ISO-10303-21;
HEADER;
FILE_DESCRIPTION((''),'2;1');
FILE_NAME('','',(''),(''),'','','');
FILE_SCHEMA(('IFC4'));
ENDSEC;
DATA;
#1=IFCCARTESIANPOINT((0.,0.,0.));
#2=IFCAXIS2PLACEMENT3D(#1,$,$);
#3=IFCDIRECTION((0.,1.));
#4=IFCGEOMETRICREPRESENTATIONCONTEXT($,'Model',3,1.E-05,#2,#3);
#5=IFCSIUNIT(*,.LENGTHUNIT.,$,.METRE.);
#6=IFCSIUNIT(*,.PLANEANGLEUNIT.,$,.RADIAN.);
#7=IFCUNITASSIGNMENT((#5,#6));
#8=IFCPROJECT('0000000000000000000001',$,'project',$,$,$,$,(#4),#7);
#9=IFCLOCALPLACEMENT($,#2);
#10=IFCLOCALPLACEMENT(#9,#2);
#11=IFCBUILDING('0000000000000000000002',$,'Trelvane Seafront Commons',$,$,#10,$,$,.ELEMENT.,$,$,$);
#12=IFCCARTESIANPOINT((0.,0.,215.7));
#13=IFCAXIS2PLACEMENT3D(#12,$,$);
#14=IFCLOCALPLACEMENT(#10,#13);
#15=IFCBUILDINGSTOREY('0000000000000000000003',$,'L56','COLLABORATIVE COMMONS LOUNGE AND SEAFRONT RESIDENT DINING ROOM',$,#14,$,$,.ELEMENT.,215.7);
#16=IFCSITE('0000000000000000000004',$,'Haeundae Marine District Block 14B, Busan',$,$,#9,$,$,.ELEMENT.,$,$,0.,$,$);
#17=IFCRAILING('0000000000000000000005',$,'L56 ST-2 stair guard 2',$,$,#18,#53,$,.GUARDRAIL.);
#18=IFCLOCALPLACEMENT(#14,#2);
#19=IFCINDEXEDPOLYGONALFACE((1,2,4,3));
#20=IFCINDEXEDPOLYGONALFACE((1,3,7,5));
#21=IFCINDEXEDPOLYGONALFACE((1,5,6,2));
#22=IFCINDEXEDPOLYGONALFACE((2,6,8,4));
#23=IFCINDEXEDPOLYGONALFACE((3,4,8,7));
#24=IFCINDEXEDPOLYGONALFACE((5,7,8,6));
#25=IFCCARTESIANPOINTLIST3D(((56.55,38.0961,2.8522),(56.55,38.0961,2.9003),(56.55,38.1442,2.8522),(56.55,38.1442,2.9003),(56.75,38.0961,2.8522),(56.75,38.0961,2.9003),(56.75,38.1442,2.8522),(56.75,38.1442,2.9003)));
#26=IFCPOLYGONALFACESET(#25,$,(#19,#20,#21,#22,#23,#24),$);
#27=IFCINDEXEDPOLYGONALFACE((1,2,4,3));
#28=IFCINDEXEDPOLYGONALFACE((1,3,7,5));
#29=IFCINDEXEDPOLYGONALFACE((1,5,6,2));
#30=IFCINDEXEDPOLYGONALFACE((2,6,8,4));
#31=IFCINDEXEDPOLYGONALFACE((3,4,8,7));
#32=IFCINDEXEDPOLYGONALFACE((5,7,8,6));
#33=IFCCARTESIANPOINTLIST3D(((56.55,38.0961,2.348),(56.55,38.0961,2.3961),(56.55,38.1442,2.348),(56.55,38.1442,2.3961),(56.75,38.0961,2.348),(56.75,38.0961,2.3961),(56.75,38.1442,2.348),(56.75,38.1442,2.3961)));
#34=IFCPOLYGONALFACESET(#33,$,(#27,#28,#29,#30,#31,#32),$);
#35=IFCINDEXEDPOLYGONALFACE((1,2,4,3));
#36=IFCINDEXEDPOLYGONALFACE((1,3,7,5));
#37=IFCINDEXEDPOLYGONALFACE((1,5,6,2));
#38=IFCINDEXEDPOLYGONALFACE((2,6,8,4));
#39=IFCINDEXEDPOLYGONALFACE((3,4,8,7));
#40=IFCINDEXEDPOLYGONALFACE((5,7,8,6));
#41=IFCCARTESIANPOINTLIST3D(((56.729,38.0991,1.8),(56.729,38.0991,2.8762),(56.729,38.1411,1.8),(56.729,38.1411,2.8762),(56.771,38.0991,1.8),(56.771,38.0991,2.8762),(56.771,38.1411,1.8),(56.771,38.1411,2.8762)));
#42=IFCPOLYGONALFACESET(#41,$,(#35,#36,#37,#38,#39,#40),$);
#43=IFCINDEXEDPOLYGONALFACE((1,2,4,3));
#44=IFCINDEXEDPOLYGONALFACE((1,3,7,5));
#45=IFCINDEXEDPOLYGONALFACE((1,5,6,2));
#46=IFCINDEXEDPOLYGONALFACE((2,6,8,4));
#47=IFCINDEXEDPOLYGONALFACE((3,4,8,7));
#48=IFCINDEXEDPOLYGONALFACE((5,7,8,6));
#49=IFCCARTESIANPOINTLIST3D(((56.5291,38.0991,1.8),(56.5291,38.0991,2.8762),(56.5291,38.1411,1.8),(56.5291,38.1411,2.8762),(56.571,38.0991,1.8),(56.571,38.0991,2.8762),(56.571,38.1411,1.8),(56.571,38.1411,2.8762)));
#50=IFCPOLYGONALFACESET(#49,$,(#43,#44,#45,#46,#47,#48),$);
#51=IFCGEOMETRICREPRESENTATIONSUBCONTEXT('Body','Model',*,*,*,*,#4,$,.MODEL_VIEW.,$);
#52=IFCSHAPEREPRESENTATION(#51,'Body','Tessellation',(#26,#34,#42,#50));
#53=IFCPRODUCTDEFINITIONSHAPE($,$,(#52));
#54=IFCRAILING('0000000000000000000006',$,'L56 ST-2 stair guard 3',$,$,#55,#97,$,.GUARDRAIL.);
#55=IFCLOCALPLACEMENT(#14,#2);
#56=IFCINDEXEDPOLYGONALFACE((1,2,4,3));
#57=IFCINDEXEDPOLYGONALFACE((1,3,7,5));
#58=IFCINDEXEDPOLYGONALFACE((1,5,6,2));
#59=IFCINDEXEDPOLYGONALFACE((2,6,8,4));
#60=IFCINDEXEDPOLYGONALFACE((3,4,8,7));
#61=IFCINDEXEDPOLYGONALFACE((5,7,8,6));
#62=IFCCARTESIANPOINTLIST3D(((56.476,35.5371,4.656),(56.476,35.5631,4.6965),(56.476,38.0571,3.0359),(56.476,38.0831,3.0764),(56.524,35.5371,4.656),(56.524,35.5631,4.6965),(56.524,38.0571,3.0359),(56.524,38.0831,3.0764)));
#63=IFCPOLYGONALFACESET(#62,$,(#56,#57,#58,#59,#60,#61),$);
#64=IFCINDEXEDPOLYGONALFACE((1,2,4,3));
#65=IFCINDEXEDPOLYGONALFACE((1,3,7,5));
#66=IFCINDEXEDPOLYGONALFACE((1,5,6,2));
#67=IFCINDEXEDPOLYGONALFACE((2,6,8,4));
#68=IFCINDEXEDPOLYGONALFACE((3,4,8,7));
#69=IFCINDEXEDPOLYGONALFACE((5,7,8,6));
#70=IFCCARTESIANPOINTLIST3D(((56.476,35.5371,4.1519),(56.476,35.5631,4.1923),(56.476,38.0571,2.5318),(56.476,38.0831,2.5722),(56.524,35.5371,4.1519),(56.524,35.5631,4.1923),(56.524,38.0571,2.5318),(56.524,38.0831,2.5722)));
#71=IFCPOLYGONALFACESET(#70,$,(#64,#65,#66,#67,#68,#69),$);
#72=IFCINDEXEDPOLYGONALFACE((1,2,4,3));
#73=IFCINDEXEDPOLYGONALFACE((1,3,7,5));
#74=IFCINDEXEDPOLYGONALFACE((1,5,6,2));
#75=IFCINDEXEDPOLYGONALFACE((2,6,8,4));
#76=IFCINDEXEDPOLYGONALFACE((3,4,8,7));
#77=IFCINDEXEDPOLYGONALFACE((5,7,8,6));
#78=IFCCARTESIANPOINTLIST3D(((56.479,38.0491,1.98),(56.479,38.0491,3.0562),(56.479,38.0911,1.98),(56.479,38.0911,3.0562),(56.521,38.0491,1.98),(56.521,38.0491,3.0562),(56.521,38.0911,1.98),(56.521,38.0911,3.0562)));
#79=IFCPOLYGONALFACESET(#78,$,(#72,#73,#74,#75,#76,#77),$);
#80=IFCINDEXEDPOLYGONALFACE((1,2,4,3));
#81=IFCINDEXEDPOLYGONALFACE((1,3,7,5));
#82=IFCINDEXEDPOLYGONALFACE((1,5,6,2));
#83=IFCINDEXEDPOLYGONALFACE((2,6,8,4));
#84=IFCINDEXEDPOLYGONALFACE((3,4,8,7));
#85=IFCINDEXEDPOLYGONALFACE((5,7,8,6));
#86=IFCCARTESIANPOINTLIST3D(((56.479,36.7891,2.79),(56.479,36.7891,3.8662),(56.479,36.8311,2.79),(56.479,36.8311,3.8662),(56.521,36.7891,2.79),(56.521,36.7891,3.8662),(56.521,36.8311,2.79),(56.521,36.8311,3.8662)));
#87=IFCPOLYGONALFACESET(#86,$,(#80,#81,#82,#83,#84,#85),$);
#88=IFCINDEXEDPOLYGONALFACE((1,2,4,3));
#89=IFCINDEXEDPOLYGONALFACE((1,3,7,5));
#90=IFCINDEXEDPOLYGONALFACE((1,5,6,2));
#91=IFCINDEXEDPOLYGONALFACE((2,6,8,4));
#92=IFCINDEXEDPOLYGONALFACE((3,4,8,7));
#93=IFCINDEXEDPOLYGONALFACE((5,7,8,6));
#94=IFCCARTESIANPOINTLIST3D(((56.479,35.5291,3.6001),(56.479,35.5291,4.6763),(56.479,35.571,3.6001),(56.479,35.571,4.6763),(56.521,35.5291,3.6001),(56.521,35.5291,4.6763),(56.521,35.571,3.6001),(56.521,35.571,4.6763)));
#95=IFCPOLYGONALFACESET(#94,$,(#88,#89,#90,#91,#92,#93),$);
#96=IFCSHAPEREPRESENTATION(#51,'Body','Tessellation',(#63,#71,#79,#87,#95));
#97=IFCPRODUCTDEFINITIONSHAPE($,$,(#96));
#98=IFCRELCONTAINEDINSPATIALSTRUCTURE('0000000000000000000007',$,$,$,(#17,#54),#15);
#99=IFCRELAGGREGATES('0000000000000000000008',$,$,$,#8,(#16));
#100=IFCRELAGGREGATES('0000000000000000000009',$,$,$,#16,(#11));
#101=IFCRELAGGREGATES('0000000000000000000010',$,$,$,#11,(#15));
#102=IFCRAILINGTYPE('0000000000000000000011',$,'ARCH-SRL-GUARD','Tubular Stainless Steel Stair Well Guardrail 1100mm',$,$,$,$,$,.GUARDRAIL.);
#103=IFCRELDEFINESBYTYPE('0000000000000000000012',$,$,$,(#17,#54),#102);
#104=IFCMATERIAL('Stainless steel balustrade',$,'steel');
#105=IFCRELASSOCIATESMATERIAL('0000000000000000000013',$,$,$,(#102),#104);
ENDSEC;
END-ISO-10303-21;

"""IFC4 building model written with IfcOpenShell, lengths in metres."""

from ifc_helpers import new_model, si_unit, direction, frame, origin, origin_2d, place, context, subcontext, project, spatial, rectangle, extrude, material, type_object, element, save


model = new_model("IFC4")

# Units and contexts
model_context = context("Model", 3, precision=1e-05, world=origin(), true_north=direction((0.0, 1.0)))
body_context = subcontext(model_context, "Body", "Model", "MODEL_VIEW")
ifc_project = project(units=[si_unit("LENGTHUNIT", "METRE"), si_unit("PLANEANGLEUNIT", "RADIAN")], contexts=[model_context])

# Site, building, storey
site_placement = place(None, origin())
site = spatial("IfcSite", under=ifc_project, at=site_placement, Name="Haeundae Marine District Block 14B, Busan", CompositionType="ELEMENT", RefElevation=0.0)
building_placement = place(site_placement, origin())
building = spatial("IfcBuilding", under=site, at=building_placement, Name="Trelvane Seafront Commons", CompositionType="ELEMENT")
storey_placement = place(building_placement, frame((0.0, 0.0, 215.7)))
storey = spatial("IfcBuildingStorey", under=building, at=storey_placement, Name="L56", Description="COLLABORATIVE COMMONS LOUNGE AND SEAFRONT RESIDENT DINING ROOM", CompositionType="ELEMENT", Elevation=215.7)

# Railings
ifc_material_1 = material(Name="Stainless steel balustrade", Category="steel")
railing_type = type_object("IfcRailingType", Name="ARCH-SRL-GUARD", Description="Tubular Stainless Steel Stair Well Guardrail 1100mm", PredefinedType="GUARDRAIL", material=ifc_material_1)
railing_1_placement = place(storey_placement, frame((56.75, 38.1201, 1.8)))
element("IfcRailing", 1, at=railing_1_placement, inside=storey, type_object=railing_type, Name="L56 ST-2 stair guard 2", PredefinedType="GUARDRAIL", context=body_context, shape_type="SweptSolid", body=[
    extrude(rectangle(XDim=0.0481, YDim=0.0481, at=origin_2d()), frame((0.0, 0.0, 1.0762), z_axis=(-1.0, 0.0, 0.0), x_axis=(0.0, -1.0, 0.0)), (0.0, 0.0, 1.0), 0.2),
    extrude(rectangle(XDim=0.0481, YDim=0.0481, at=origin_2d()), frame((0.0, 0.0, 0.572), z_axis=(-1.0, 0.0, 0.0), x_axis=(0.0, -1.0, 0.0)), (0.0, 0.0, 1.0), 0.2),
    extrude(rectangle(XDim=0.042, YDim=0.042, at=origin_2d()), origin(), (0.0, 0.0, 1.0), 1.0762),
    extrude(rectangle(XDim=0.042, YDim=0.042, at=origin_2d()), frame((-0.2, 0.0, 0.0)), (0.0, 0.0, 1.0), 1.0762),
])
railing_2_placement = place(storey_placement, frame((56.5, 38.0701, 1.98)))
element("IfcRailing", 2, at=railing_2_placement, inside=storey, type_object=railing_type, Name="L56 ST-2 stair guard 3", PredefinedType="GUARDRAIL", context=body_context, shape_type="SweptSolid", body=[
    extrude(rectangle(XDim=0.0481, YDim=0.0481, at=origin_2d()), frame((0.0, 0.0, 1.0762), z_axis=(0.0, -0.841163, 0.540782), x_axis=(1.0, 0.0, 0.0)), (0.0, 0.0, 1.0), 2.9958),
    extrude(rectangle(XDim=0.0481, YDim=0.0481, at=origin_2d()), frame((0.0, 0.0, 0.572), z_axis=(0.0, -0.841163, 0.540782), x_axis=(1.0, 0.0, 0.0)), (0.0, 0.0, 1.0), 2.9958),
    extrude(rectangle(XDim=0.042, YDim=0.042, at=origin_2d()), origin(), (0.0, 0.0, 1.0), 1.0762),
    extrude(rectangle(XDim=0.042, YDim=0.042, at=origin_2d()), frame((0.0, -1.26, 0.8101)), (0.0, 0.0, 1.0), 1.0762),
    extrude(rectangle(XDim=0.042, YDim=0.042, at=origin_2d()), frame((0.0, -2.52, 1.6201)), (0.0, 0.0, 1.0), 1.0762),
])

save(model, "model.ifc")
